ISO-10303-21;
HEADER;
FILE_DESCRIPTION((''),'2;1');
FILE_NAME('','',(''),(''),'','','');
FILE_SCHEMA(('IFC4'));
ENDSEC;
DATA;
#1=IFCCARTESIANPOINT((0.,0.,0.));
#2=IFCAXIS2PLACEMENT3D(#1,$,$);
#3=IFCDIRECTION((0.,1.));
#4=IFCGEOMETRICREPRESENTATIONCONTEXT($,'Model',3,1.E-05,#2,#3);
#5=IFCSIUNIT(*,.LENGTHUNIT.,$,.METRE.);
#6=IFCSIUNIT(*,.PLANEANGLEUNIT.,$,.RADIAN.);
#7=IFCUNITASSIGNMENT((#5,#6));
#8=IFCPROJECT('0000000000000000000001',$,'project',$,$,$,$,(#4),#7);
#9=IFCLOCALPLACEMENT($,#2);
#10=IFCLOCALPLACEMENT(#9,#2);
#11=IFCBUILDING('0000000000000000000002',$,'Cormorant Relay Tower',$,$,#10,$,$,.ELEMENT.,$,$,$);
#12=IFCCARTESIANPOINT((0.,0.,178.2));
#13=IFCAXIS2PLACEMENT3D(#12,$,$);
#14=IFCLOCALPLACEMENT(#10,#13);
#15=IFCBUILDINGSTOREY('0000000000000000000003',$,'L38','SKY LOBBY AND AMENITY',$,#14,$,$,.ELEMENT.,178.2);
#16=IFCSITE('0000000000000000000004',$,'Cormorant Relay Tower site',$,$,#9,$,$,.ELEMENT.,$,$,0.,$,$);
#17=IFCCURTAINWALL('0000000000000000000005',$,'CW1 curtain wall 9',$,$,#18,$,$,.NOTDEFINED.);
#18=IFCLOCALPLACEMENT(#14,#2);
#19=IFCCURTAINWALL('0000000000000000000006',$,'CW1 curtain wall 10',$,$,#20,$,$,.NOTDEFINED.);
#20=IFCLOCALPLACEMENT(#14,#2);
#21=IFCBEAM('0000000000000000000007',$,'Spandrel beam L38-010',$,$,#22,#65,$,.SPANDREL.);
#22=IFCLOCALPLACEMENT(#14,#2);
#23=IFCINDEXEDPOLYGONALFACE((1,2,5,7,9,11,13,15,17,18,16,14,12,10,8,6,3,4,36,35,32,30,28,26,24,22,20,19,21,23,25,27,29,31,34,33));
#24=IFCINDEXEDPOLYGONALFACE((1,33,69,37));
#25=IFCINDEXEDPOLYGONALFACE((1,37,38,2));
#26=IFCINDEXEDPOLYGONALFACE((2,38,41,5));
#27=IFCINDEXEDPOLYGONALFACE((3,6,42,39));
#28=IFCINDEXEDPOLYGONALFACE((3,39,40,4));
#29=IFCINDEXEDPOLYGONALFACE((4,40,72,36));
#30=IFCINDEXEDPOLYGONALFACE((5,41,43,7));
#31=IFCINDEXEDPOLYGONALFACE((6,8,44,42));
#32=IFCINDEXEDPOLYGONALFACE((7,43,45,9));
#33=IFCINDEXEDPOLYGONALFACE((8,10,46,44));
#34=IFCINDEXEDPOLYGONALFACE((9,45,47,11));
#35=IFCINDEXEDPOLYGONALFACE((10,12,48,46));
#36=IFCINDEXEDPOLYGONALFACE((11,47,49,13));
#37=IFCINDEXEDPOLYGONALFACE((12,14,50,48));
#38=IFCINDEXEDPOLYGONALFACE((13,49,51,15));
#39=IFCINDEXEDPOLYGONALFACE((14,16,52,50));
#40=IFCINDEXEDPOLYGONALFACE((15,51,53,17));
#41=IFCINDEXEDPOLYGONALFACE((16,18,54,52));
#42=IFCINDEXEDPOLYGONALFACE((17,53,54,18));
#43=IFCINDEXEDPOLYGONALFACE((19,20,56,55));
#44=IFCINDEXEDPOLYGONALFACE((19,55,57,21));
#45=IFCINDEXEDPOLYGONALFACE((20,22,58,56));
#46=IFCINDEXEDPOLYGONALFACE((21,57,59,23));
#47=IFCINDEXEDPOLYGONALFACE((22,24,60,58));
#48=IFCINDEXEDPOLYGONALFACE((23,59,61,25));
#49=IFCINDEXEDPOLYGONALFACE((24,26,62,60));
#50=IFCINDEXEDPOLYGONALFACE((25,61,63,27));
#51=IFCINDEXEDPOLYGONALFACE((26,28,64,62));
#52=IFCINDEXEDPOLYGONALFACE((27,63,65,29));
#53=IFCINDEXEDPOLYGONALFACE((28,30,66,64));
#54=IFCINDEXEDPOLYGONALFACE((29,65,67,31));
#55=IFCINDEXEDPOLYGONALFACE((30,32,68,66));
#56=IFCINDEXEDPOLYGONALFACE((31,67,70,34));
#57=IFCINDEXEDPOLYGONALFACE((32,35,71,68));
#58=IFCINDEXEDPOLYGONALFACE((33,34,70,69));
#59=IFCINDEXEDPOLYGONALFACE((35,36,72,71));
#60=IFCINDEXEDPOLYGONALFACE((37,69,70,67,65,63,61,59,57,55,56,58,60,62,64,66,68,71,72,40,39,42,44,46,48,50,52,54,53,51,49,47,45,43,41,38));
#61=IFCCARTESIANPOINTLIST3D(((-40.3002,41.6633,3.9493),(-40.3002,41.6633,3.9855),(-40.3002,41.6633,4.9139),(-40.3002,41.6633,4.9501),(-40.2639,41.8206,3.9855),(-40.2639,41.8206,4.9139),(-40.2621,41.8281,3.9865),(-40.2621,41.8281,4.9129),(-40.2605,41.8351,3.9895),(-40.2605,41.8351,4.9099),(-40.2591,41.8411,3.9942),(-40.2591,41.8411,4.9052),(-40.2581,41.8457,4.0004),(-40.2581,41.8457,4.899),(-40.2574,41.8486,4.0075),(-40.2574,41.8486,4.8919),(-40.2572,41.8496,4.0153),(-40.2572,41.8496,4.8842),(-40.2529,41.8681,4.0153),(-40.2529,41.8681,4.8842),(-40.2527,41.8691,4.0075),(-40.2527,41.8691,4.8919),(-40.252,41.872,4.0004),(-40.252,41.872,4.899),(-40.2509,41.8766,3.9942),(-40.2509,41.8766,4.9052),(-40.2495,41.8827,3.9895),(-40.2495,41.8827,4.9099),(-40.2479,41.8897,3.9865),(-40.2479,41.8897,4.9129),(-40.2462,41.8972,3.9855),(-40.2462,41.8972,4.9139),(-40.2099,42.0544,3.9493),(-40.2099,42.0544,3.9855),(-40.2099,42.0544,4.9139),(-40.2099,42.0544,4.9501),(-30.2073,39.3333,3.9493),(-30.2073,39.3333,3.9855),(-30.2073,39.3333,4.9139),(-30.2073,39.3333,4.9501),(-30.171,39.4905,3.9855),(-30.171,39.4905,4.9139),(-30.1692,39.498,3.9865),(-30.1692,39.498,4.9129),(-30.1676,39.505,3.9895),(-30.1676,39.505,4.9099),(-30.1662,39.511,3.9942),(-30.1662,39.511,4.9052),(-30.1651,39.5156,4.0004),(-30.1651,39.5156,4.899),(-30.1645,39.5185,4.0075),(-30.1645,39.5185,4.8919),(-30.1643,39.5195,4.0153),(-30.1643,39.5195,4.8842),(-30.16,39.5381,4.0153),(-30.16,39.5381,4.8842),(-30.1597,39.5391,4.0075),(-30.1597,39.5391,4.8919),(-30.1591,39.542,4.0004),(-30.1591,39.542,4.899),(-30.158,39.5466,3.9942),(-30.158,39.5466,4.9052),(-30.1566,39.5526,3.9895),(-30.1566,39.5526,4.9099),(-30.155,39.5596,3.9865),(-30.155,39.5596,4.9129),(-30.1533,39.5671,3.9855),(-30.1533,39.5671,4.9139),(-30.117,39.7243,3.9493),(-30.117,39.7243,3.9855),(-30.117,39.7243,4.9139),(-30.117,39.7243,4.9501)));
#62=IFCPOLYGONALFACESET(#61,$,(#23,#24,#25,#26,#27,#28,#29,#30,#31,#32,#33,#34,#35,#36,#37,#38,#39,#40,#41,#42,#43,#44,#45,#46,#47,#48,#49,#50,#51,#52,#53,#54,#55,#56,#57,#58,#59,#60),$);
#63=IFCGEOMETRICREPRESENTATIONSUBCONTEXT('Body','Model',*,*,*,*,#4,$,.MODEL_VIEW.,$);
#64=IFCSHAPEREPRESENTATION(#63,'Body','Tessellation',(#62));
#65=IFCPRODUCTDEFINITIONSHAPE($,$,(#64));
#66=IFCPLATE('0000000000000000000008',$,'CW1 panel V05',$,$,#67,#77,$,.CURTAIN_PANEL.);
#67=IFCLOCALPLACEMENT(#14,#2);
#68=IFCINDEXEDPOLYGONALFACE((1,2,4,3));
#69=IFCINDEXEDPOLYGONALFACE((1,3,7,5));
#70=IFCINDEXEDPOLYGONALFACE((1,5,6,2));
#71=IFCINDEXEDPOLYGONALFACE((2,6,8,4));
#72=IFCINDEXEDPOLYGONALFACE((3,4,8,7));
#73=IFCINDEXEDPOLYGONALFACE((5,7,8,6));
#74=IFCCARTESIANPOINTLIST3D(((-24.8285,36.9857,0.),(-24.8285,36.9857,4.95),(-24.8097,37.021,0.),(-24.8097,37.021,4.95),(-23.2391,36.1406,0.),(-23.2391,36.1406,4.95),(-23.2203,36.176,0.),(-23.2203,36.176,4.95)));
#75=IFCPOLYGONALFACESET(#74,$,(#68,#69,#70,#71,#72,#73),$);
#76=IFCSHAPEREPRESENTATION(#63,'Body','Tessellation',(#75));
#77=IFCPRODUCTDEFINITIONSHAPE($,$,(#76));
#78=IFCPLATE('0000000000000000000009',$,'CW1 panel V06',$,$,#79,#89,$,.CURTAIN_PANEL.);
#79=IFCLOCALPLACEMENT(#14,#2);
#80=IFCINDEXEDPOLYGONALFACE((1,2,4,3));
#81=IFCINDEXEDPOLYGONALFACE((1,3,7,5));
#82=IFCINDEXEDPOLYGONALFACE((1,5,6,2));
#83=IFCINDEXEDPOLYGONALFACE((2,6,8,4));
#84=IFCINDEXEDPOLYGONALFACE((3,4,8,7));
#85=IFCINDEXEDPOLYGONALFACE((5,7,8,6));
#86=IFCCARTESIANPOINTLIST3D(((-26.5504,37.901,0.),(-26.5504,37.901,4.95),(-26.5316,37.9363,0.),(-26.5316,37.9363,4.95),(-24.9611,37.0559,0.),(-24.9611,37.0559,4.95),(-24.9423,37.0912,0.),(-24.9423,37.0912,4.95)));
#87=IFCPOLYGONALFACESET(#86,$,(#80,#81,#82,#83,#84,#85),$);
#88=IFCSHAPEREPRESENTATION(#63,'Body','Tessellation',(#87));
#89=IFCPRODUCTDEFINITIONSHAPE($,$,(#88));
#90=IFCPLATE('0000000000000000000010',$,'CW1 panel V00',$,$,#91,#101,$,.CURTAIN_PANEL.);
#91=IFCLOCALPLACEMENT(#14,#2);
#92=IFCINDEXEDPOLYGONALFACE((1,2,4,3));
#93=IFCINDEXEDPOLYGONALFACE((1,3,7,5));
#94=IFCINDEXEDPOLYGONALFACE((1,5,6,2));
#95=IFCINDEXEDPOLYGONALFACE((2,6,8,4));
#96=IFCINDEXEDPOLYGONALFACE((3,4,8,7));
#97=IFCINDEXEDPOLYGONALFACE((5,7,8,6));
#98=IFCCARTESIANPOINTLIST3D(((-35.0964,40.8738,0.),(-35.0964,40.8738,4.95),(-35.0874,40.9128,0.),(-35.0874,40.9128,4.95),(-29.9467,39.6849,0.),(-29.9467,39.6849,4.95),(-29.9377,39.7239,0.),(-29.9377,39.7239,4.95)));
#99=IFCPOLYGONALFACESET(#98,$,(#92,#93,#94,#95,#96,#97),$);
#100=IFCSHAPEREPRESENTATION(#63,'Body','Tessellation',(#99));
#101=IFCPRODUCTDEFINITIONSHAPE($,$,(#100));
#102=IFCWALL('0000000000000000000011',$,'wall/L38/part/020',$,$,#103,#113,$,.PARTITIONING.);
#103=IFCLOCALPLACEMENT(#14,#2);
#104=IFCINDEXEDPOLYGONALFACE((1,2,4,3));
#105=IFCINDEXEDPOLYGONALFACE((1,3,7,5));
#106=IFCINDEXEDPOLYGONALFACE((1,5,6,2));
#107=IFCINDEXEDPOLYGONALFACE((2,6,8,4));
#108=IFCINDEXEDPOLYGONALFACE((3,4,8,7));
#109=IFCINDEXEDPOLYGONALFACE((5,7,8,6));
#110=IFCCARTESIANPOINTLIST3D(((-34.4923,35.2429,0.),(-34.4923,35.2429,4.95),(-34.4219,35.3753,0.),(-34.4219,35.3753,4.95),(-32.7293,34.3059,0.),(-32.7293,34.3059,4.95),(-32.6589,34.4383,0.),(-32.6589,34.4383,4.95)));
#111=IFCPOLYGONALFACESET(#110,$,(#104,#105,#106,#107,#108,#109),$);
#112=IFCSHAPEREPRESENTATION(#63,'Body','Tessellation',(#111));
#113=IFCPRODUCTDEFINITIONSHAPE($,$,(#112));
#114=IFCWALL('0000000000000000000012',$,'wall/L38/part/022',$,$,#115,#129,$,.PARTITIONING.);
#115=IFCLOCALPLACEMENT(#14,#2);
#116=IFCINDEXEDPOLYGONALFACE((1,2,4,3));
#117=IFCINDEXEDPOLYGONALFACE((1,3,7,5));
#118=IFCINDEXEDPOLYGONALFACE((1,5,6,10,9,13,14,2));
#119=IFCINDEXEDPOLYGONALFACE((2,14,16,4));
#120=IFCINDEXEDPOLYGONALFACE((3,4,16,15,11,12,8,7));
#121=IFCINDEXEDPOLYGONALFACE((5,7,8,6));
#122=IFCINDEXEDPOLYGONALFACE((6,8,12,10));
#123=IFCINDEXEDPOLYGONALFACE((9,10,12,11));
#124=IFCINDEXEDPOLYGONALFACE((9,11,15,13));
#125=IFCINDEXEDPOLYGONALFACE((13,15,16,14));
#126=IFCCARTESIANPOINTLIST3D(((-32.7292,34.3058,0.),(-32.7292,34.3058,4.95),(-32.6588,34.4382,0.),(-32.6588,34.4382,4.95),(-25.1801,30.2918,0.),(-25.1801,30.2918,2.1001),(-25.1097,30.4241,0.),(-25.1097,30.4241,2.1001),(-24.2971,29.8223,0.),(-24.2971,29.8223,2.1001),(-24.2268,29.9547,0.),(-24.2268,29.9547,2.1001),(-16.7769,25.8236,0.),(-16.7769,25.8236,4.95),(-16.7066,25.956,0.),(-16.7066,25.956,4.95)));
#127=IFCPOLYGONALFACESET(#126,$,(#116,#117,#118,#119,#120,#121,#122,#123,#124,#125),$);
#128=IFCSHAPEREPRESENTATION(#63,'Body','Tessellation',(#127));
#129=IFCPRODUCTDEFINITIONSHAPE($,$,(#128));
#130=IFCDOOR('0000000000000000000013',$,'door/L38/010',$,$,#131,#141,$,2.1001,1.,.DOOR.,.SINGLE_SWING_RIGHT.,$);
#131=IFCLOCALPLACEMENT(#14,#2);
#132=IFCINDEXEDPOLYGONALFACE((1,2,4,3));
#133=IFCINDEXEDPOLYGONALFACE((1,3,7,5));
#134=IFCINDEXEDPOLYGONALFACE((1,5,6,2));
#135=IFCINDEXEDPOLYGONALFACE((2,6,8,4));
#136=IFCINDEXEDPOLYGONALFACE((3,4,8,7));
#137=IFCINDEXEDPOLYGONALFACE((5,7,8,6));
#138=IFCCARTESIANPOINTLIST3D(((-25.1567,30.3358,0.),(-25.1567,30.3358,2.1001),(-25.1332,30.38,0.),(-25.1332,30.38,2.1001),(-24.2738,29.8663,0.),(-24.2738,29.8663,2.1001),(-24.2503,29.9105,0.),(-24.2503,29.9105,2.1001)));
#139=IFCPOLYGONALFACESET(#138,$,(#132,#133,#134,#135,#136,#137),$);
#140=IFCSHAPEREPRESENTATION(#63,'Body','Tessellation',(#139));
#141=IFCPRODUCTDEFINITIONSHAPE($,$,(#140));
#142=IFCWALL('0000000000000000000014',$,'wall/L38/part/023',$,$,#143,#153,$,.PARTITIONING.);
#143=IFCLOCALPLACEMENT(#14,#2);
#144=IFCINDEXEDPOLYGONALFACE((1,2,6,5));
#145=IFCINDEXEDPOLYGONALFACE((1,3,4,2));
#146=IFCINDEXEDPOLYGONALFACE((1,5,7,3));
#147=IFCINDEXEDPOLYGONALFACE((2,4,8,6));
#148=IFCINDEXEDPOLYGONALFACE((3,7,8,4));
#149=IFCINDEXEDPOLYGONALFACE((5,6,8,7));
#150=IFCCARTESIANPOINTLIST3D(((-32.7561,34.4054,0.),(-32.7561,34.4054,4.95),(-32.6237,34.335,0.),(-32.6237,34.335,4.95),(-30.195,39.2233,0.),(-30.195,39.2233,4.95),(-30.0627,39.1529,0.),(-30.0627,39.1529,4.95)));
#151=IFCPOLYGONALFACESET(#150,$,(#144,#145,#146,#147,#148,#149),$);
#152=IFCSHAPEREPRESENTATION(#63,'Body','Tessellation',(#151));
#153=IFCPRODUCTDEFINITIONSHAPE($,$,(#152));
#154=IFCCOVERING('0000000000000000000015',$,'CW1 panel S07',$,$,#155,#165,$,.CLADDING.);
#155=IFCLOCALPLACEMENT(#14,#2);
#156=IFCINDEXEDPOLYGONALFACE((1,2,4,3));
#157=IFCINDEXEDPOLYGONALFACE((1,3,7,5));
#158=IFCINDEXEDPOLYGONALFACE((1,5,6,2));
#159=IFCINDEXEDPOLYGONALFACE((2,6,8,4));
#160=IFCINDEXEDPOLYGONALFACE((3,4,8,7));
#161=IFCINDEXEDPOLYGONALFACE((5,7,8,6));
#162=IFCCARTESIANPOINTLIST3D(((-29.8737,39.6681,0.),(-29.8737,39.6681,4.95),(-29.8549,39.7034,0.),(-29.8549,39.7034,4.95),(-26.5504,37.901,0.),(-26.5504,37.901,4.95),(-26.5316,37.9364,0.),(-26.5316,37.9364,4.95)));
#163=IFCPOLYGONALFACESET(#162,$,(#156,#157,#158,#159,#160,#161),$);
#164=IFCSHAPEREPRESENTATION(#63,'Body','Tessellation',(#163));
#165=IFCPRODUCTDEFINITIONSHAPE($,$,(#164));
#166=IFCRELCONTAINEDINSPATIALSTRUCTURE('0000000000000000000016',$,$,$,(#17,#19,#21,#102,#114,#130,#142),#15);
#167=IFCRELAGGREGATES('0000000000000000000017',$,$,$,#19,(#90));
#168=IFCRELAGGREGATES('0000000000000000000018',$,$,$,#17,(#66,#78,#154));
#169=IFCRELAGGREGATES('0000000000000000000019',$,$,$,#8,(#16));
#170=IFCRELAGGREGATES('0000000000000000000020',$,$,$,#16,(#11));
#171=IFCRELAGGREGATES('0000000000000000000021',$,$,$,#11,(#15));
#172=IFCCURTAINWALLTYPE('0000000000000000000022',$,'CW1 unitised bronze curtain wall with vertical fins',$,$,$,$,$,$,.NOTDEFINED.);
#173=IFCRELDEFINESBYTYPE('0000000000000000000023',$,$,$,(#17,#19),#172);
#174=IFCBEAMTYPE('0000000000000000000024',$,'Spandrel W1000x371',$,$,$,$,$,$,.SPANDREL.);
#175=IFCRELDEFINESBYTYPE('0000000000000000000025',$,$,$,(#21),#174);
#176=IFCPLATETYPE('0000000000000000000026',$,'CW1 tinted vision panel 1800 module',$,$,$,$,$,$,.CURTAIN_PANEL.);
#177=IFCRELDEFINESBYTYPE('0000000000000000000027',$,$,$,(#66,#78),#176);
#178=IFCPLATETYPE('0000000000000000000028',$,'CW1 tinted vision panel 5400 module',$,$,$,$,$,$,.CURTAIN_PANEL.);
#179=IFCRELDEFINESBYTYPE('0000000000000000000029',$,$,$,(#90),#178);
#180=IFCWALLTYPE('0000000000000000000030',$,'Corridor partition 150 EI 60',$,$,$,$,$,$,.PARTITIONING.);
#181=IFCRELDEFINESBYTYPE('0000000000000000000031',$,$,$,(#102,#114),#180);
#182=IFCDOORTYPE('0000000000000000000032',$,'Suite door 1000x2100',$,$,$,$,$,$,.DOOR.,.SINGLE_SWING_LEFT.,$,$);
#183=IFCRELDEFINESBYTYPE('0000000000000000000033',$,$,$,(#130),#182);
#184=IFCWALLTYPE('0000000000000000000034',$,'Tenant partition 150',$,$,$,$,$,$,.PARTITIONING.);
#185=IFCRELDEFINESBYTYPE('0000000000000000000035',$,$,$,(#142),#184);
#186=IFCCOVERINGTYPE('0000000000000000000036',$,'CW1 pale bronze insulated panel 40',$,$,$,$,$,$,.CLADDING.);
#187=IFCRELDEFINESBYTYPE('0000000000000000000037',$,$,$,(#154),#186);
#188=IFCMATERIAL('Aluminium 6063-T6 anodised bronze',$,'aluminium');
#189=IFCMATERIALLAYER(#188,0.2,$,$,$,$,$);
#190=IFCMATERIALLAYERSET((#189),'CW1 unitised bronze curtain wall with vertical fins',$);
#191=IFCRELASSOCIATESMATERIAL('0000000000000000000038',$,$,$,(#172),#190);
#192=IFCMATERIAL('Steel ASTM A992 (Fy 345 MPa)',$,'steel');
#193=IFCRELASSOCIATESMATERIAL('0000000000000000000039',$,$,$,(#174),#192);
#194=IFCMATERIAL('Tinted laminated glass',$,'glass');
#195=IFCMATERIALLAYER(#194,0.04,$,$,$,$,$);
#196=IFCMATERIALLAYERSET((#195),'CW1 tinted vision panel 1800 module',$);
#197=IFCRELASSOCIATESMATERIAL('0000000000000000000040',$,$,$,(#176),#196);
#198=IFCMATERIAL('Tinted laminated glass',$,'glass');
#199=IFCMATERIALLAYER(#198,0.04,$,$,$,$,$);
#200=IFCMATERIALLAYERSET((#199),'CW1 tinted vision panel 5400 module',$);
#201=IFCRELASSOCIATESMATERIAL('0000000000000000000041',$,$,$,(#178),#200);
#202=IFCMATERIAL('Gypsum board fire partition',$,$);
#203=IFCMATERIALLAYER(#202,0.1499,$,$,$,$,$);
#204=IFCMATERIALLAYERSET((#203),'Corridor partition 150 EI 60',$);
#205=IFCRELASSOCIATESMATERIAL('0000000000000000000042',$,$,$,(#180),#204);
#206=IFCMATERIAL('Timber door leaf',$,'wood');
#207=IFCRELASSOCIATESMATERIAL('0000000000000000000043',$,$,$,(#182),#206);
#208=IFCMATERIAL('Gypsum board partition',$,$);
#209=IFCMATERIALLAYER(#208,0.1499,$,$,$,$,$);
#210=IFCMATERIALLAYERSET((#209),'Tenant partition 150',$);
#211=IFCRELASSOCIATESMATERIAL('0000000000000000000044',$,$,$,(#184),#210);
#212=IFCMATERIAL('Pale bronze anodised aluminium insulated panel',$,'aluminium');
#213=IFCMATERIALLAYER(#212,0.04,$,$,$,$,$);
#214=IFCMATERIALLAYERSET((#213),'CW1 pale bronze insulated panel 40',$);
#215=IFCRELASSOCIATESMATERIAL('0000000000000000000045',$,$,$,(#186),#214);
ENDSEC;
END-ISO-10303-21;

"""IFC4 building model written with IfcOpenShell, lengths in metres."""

from ifc_helpers import new_model, si_unit, direction, frame, frame_2d, origin, origin_2d, place, context, subcontext, project, spatial, rectangle, i_section, extrude, material, layer, layer_set, material_profile, profile_set, type_object, element, fill, aggregate, save


model = new_model("IFC4")

# Units and contexts
model_context = context("Model", 3, precision=1e-05, world=origin(), true_north=direction((0.0, 1.0)))
body_context = subcontext(model_context, "Body", "Model", "MODEL_VIEW")
ifc_project = project(units=[si_unit("LENGTHUNIT", "METRE"), si_unit("PLANEANGLEUNIT", "RADIAN")], contexts=[model_context])

# Site, building, storey
site_placement = place(None, origin())
site = spatial("IfcSite", under=ifc_project, at=site_placement, Name="Cormorant Relay Tower site", CompositionType="ELEMENT", RefElevation=0.0)
building_placement = place(site_placement, origin())
building = spatial("IfcBuilding", under=site, at=building_placement, Name="Cormorant Relay Tower", CompositionType="ELEMENT")
storey_placement = place(building_placement, frame((0.0, 0.0, 178.2)))
storey = spatial("IfcBuildingStorey", under=building, at=storey_placement, Name="L38", Description="SKY LOBBY AND AMENITY", CompositionType="ELEMENT", Elevation=178.2)

# Curtain wall
ifc_material_1 = material(Name="Aluminium 6063-T6 anodised bronze", Category="aluminium")
ifc_layer_1 = layer(ifc_material_1, 0.2)
ifc_layer_set_1 = layer_set([ifc_layer_1], Name="CW1 unitised bronze curtain wall with vertical fins")
curtain_wall_type = type_object("IfcCurtainWallType", Name="CW1 unitised bronze curtain wall with vertical fins", PredefinedType="NOTDEFINED", material=ifc_layer_set_1)
curtain_wall_1_placement = place(storey_placement, origin())
curtain_wall_1 = element("IfcCurtainWall", 1, at=curtain_wall_1_placement, inside=storey, type_object=curtain_wall_type, Name="CW1 curtain wall 9", PredefinedType="NOTDEFINED")

# Curtain wall
curtain_wall_2_placement = place(storey_placement, origin())
curtain_wall_2 = element("IfcCurtainWall", 2, at=curtain_wall_2_placement, inside=storey, type_object=curtain_wall_type, Name="CW1 curtain wall 10", PredefinedType="NOTDEFINED")

# Beam
ifc_material_2 = material(Name="Steel ASTM A992 (Fy 345 MPa)", Category="steel")
ifc_material_profile_1 = material_profile(ifc_material_2, i_section(OverallWidth=0.4014, OverallDepth=1.0007, WebThickness=0.019, FlangeThickness=0.0361, FilletRadius=0.0298, at=origin_2d()), Name="W1000x371")
ifc_profile_set_1 = profile_set([ifc_material_profile_1], Name="Steel ASTM A992 (Fy 345 MPa)")
beam_type = type_object("IfcBeamType", Name="Spandrel W1000x371", PredefinedType="SPANDREL", material=ifc_profile_set_1)
beam_placement = place(storey_placement, frame((-30.1621, 39.5288, 4.4497), z_axis=(-0.974372, 0.224944, 0.0), x_axis=(-0.224944, -0.974372, 0.0)))
element("IfcBeam", 3, at=beam_placement, inside=storey, type_object=beam_type, Name="Spandrel beam L38-010", PredefinedType="SPANDREL", context=body_context, shape_type="SweptSolid", body=[
    extrude(i_section(OverallWidth=0.4014, OverallDepth=1.0007, WebThickness=0.019, FlangeThickness=0.0361, FilletRadius=0.0298, at=origin_2d()), origin(), (0.0, 0.0, 1.0), 10.3584),
])

# Plates
ifc_material_3 = material(Name="Tinted laminated glass", Category="glass")
ifc_layer_2 = layer(ifc_material_3, 0.04)
ifc_layer_set_2 = layer_set([ifc_layer_2], Name="CW1 tinted vision panel 1800 module")
plate_type_1 = type_object("IfcPlateType", Name="CW1 tinted vision panel 1800 module", PredefinedType="CURTAIN_PANEL", material=ifc_layer_set_2)
plate_1_placement = place(storey_placement, frame((-24.0244, 36.5808, 0.0), z_axis=(0.0, 0.0, 1.0), x_axis=(-0.882948, 0.469472, 0.0)))
plate_1 = element("IfcPlate", 4, at=plate_1_placement, type_object=plate_type_1, Name="CW1 panel V05", PredefinedType="CURTAIN_PANEL", context=body_context, shape_type="SweptSolid", body=[
    extrude(rectangle(XDim=1.8, YDim=0.04, at=origin_2d()), origin(), (0.0, 0.0, 1.0), 4.95),
])
plate_2_placement = place(storey_placement, frame((-25.7463, 37.4961, 0.0), z_axis=(0.0, 0.0, 1.0), x_axis=(-0.882948, 0.469472, 0.0)))
plate_2 = element("IfcPlate", 5, at=plate_2_placement, type_object=plate_type_1, Name="CW1 panel V06", PredefinedType="CURTAIN_PANEL", context=body_context, shape_type="SweptSolid", body=[
    extrude(rectangle(XDim=1.8, YDim=0.04, at=origin_2d()), origin(), (0.0, 0.0, 1.0), 4.95),
])
ifc_material_4 = material(Name="Tinted laminated glass", Category="glass")
ifc_layer_3 = layer(ifc_material_4, 0.04)
ifc_layer_set_3 = layer_set([ifc_layer_3], Name="CW1 tinted vision panel 5400 module")
plate_type_2 = type_object("IfcPlateType", Name="CW1 tinted vision panel 5400 module", PredefinedType="CURTAIN_PANEL", material=ifc_layer_set_3)
plate_3_placement = place(storey_placement, frame((-32.5171, 40.2988, 0.0), z_axis=(0.0, 0.0, 1.0), x_axis=(-0.97437, 0.224951, 0.0)))
plate_3 = element("IfcPlate", 6, at=plate_3_placement, type_object=plate_type_2, Name="CW1 panel V00", PredefinedType="CURTAIN_PANEL", context=body_context, shape_type="SweptSolid", body=[
    extrude(rectangle(XDim=5.2852, YDim=0.04, at=origin_2d()), origin(), (0.0, 0.0, 1.0), 4.95),
])
aggregate(curtain_wall_2, [plate_3])

# Wall
ifc_material_5 = material(Name="Gypsum board fire partition")
ifc_layer_4 = layer(ifc_material_5, 0.1499)
ifc_layer_set_4 = layer_set([ifc_layer_4], Name="Corridor partition 150 EI 60")
wall_type_1 = type_object("IfcWallType", Name="Corridor partition 150 EI 60", PredefinedType="PARTITIONING", material=ifc_layer_set_4)
wall_1_placement = place(storey_placement, frame((-32.6941, 34.3721, 0.0), z_axis=(0.0, 0.0, 1.0), x_axis=(-0.883022, 0.469331, 0.0)))
element("IfcWall", 7, at=wall_1_placement, inside=storey, type_object=wall_type_1, Name="wall/L38/part/020", PredefinedType="PARTITIONING", context=body_context, shape_type="SweptSolid", body=[
    extrude(rectangle(XDim=1.9966, YDim=0.1499, at=frame_2d((0.9983, 0.0))), origin(), (0.0, 0.0, 1.0), 4.95),
])

# Wall, opening, door
wall_2_placement = place(storey_placement, frame((-32.6941, 34.3721, 0.0), z_axis=(0.0, 0.0, 1.0), x_axis=(0.882941, -0.469483, 0.0)))
wall_2 = element("IfcWall", 8, at=wall_2_placement, inside=storey, type_object=wall_type_1, Name="wall/L38/part/022", PredefinedType="PARTITIONING", context=body_context, shape_type="SweptSolid", body=[
    extrude(rectangle(XDim=18.0671, YDim=0.1499, at=frame_2d((9.0337, 0.0))), origin(), (0.0, 0.0, 1.0), 4.95),
])
opening_placement = place(wall_2_placement, frame((8.55, 0.0, 0.0)))
opening = element("IfcOpeningElement", 9, at=opening_placement, cuts=wall_2, PredefinedType="OPENING", context=body_context, shape_type="SweptSolid", body=[
    extrude(rectangle(XDim=1.0, YDim=2.1001, at=frame_2d((0.5, 1.05))), frame((0.0, 0.085, 0.0), z_axis=(0.0, -1.0, 0.0), x_axis=(1.0, 0.0, 0.0)), (0.0, 0.0, 1.0), 0.1699),
])
ifc_material_6 = material(Name="Timber door leaf", Category="wood")
door_type = type_object("IfcDoorType", Name="Suite door 1000x2100", OperationType="SINGLE_SWING_LEFT", PredefinedType="DOOR", material=ifc_material_6)
door_placement = place(opening_placement, origin())
door = element("IfcDoor", 10, at=door_placement, inside=storey, type_object=door_type, Name="door/L38/010", OperationType="SINGLE_SWING_RIGHT", OverallHeight=2.1001, OverallWidth=1.0, PredefinedType="DOOR", context=body_context, shape_type="SweptSolid", body=[
    extrude(rectangle(XDim=1.0, YDim=2.1001, at=frame_2d((0.5, 1.05))), frame((0.0, 0.0249, 0.0), z_axis=(0.0, -1.0, 0.0), x_axis=(1.0, 0.0, 0.0)), (0.0, 0.0, 1.0), 0.05),
])
fill(opening, door)

# Wall
ifc_material_7 = material(Name="Gypsum board partition")
ifc_layer_5 = layer(ifc_material_7, 0.1499)
ifc_layer_set_5 = layer_set([ifc_layer_5], Name="Tenant partition 150")
wall_type_2 = type_object("IfcWallType", Name="Tenant partition 150", PredefinedType="PARTITIONING", material=ifc_layer_set_5)
wall_3_placement = place(storey_placement, frame((-30.1289, 39.188, 0.0), z_axis=(0.0, 0.0, 1.0), x_axis=(-0.469375, -0.882999, 0.0)))
element("IfcWall", 11, at=wall_3_placement, inside=storey, type_object=wall_type_2, Name="wall/L38/part/023", PredefinedType="PARTITIONING", context=body_context, shape_type="SweptSolid", body=[
    extrude(rectangle(XDim=5.4563, YDim=0.1499, at=frame_2d((2.728, 0.0))), origin(), (0.0, 0.0, 1.0), 4.95),
])

# Covering
ifc_material_8 = material(Name="Pale bronze anodised aluminium insulated panel", Category="aluminium")
ifc_layer_6 = layer(ifc_material_8, 0.04)
ifc_layer_set_6 = layer_set([ifc_layer_6], Name="CW1 pale bronze insulated panel 40")
covering_type = type_object("IfcCoveringType", Name="CW1 pale bronze insulated panel 40", PredefinedType="CLADDING", material=ifc_layer_set_6)
covering_placement = place(storey_placement, frame((-28.2026, 38.8022, 0.0), z_axis=(0.0, 0.0, 1.0), x_axis=(-0.882948, 0.469472, 0.0)))
covering = element("IfcCovering", 12, at=covering_placement, type_object=covering_type, Name="CW1 panel S07", PredefinedType="CLADDING", context=body_context, shape_type="SweptSolid", body=[
    extrude(rectangle(XDim=3.7639, YDim=0.04, at=origin_2d()), origin(), (0.0, 0.0, 1.0), 4.95),
])
aggregate(curtain_wall_1, [plate_1, plate_2, covering])

save(model, "model.ifc")
